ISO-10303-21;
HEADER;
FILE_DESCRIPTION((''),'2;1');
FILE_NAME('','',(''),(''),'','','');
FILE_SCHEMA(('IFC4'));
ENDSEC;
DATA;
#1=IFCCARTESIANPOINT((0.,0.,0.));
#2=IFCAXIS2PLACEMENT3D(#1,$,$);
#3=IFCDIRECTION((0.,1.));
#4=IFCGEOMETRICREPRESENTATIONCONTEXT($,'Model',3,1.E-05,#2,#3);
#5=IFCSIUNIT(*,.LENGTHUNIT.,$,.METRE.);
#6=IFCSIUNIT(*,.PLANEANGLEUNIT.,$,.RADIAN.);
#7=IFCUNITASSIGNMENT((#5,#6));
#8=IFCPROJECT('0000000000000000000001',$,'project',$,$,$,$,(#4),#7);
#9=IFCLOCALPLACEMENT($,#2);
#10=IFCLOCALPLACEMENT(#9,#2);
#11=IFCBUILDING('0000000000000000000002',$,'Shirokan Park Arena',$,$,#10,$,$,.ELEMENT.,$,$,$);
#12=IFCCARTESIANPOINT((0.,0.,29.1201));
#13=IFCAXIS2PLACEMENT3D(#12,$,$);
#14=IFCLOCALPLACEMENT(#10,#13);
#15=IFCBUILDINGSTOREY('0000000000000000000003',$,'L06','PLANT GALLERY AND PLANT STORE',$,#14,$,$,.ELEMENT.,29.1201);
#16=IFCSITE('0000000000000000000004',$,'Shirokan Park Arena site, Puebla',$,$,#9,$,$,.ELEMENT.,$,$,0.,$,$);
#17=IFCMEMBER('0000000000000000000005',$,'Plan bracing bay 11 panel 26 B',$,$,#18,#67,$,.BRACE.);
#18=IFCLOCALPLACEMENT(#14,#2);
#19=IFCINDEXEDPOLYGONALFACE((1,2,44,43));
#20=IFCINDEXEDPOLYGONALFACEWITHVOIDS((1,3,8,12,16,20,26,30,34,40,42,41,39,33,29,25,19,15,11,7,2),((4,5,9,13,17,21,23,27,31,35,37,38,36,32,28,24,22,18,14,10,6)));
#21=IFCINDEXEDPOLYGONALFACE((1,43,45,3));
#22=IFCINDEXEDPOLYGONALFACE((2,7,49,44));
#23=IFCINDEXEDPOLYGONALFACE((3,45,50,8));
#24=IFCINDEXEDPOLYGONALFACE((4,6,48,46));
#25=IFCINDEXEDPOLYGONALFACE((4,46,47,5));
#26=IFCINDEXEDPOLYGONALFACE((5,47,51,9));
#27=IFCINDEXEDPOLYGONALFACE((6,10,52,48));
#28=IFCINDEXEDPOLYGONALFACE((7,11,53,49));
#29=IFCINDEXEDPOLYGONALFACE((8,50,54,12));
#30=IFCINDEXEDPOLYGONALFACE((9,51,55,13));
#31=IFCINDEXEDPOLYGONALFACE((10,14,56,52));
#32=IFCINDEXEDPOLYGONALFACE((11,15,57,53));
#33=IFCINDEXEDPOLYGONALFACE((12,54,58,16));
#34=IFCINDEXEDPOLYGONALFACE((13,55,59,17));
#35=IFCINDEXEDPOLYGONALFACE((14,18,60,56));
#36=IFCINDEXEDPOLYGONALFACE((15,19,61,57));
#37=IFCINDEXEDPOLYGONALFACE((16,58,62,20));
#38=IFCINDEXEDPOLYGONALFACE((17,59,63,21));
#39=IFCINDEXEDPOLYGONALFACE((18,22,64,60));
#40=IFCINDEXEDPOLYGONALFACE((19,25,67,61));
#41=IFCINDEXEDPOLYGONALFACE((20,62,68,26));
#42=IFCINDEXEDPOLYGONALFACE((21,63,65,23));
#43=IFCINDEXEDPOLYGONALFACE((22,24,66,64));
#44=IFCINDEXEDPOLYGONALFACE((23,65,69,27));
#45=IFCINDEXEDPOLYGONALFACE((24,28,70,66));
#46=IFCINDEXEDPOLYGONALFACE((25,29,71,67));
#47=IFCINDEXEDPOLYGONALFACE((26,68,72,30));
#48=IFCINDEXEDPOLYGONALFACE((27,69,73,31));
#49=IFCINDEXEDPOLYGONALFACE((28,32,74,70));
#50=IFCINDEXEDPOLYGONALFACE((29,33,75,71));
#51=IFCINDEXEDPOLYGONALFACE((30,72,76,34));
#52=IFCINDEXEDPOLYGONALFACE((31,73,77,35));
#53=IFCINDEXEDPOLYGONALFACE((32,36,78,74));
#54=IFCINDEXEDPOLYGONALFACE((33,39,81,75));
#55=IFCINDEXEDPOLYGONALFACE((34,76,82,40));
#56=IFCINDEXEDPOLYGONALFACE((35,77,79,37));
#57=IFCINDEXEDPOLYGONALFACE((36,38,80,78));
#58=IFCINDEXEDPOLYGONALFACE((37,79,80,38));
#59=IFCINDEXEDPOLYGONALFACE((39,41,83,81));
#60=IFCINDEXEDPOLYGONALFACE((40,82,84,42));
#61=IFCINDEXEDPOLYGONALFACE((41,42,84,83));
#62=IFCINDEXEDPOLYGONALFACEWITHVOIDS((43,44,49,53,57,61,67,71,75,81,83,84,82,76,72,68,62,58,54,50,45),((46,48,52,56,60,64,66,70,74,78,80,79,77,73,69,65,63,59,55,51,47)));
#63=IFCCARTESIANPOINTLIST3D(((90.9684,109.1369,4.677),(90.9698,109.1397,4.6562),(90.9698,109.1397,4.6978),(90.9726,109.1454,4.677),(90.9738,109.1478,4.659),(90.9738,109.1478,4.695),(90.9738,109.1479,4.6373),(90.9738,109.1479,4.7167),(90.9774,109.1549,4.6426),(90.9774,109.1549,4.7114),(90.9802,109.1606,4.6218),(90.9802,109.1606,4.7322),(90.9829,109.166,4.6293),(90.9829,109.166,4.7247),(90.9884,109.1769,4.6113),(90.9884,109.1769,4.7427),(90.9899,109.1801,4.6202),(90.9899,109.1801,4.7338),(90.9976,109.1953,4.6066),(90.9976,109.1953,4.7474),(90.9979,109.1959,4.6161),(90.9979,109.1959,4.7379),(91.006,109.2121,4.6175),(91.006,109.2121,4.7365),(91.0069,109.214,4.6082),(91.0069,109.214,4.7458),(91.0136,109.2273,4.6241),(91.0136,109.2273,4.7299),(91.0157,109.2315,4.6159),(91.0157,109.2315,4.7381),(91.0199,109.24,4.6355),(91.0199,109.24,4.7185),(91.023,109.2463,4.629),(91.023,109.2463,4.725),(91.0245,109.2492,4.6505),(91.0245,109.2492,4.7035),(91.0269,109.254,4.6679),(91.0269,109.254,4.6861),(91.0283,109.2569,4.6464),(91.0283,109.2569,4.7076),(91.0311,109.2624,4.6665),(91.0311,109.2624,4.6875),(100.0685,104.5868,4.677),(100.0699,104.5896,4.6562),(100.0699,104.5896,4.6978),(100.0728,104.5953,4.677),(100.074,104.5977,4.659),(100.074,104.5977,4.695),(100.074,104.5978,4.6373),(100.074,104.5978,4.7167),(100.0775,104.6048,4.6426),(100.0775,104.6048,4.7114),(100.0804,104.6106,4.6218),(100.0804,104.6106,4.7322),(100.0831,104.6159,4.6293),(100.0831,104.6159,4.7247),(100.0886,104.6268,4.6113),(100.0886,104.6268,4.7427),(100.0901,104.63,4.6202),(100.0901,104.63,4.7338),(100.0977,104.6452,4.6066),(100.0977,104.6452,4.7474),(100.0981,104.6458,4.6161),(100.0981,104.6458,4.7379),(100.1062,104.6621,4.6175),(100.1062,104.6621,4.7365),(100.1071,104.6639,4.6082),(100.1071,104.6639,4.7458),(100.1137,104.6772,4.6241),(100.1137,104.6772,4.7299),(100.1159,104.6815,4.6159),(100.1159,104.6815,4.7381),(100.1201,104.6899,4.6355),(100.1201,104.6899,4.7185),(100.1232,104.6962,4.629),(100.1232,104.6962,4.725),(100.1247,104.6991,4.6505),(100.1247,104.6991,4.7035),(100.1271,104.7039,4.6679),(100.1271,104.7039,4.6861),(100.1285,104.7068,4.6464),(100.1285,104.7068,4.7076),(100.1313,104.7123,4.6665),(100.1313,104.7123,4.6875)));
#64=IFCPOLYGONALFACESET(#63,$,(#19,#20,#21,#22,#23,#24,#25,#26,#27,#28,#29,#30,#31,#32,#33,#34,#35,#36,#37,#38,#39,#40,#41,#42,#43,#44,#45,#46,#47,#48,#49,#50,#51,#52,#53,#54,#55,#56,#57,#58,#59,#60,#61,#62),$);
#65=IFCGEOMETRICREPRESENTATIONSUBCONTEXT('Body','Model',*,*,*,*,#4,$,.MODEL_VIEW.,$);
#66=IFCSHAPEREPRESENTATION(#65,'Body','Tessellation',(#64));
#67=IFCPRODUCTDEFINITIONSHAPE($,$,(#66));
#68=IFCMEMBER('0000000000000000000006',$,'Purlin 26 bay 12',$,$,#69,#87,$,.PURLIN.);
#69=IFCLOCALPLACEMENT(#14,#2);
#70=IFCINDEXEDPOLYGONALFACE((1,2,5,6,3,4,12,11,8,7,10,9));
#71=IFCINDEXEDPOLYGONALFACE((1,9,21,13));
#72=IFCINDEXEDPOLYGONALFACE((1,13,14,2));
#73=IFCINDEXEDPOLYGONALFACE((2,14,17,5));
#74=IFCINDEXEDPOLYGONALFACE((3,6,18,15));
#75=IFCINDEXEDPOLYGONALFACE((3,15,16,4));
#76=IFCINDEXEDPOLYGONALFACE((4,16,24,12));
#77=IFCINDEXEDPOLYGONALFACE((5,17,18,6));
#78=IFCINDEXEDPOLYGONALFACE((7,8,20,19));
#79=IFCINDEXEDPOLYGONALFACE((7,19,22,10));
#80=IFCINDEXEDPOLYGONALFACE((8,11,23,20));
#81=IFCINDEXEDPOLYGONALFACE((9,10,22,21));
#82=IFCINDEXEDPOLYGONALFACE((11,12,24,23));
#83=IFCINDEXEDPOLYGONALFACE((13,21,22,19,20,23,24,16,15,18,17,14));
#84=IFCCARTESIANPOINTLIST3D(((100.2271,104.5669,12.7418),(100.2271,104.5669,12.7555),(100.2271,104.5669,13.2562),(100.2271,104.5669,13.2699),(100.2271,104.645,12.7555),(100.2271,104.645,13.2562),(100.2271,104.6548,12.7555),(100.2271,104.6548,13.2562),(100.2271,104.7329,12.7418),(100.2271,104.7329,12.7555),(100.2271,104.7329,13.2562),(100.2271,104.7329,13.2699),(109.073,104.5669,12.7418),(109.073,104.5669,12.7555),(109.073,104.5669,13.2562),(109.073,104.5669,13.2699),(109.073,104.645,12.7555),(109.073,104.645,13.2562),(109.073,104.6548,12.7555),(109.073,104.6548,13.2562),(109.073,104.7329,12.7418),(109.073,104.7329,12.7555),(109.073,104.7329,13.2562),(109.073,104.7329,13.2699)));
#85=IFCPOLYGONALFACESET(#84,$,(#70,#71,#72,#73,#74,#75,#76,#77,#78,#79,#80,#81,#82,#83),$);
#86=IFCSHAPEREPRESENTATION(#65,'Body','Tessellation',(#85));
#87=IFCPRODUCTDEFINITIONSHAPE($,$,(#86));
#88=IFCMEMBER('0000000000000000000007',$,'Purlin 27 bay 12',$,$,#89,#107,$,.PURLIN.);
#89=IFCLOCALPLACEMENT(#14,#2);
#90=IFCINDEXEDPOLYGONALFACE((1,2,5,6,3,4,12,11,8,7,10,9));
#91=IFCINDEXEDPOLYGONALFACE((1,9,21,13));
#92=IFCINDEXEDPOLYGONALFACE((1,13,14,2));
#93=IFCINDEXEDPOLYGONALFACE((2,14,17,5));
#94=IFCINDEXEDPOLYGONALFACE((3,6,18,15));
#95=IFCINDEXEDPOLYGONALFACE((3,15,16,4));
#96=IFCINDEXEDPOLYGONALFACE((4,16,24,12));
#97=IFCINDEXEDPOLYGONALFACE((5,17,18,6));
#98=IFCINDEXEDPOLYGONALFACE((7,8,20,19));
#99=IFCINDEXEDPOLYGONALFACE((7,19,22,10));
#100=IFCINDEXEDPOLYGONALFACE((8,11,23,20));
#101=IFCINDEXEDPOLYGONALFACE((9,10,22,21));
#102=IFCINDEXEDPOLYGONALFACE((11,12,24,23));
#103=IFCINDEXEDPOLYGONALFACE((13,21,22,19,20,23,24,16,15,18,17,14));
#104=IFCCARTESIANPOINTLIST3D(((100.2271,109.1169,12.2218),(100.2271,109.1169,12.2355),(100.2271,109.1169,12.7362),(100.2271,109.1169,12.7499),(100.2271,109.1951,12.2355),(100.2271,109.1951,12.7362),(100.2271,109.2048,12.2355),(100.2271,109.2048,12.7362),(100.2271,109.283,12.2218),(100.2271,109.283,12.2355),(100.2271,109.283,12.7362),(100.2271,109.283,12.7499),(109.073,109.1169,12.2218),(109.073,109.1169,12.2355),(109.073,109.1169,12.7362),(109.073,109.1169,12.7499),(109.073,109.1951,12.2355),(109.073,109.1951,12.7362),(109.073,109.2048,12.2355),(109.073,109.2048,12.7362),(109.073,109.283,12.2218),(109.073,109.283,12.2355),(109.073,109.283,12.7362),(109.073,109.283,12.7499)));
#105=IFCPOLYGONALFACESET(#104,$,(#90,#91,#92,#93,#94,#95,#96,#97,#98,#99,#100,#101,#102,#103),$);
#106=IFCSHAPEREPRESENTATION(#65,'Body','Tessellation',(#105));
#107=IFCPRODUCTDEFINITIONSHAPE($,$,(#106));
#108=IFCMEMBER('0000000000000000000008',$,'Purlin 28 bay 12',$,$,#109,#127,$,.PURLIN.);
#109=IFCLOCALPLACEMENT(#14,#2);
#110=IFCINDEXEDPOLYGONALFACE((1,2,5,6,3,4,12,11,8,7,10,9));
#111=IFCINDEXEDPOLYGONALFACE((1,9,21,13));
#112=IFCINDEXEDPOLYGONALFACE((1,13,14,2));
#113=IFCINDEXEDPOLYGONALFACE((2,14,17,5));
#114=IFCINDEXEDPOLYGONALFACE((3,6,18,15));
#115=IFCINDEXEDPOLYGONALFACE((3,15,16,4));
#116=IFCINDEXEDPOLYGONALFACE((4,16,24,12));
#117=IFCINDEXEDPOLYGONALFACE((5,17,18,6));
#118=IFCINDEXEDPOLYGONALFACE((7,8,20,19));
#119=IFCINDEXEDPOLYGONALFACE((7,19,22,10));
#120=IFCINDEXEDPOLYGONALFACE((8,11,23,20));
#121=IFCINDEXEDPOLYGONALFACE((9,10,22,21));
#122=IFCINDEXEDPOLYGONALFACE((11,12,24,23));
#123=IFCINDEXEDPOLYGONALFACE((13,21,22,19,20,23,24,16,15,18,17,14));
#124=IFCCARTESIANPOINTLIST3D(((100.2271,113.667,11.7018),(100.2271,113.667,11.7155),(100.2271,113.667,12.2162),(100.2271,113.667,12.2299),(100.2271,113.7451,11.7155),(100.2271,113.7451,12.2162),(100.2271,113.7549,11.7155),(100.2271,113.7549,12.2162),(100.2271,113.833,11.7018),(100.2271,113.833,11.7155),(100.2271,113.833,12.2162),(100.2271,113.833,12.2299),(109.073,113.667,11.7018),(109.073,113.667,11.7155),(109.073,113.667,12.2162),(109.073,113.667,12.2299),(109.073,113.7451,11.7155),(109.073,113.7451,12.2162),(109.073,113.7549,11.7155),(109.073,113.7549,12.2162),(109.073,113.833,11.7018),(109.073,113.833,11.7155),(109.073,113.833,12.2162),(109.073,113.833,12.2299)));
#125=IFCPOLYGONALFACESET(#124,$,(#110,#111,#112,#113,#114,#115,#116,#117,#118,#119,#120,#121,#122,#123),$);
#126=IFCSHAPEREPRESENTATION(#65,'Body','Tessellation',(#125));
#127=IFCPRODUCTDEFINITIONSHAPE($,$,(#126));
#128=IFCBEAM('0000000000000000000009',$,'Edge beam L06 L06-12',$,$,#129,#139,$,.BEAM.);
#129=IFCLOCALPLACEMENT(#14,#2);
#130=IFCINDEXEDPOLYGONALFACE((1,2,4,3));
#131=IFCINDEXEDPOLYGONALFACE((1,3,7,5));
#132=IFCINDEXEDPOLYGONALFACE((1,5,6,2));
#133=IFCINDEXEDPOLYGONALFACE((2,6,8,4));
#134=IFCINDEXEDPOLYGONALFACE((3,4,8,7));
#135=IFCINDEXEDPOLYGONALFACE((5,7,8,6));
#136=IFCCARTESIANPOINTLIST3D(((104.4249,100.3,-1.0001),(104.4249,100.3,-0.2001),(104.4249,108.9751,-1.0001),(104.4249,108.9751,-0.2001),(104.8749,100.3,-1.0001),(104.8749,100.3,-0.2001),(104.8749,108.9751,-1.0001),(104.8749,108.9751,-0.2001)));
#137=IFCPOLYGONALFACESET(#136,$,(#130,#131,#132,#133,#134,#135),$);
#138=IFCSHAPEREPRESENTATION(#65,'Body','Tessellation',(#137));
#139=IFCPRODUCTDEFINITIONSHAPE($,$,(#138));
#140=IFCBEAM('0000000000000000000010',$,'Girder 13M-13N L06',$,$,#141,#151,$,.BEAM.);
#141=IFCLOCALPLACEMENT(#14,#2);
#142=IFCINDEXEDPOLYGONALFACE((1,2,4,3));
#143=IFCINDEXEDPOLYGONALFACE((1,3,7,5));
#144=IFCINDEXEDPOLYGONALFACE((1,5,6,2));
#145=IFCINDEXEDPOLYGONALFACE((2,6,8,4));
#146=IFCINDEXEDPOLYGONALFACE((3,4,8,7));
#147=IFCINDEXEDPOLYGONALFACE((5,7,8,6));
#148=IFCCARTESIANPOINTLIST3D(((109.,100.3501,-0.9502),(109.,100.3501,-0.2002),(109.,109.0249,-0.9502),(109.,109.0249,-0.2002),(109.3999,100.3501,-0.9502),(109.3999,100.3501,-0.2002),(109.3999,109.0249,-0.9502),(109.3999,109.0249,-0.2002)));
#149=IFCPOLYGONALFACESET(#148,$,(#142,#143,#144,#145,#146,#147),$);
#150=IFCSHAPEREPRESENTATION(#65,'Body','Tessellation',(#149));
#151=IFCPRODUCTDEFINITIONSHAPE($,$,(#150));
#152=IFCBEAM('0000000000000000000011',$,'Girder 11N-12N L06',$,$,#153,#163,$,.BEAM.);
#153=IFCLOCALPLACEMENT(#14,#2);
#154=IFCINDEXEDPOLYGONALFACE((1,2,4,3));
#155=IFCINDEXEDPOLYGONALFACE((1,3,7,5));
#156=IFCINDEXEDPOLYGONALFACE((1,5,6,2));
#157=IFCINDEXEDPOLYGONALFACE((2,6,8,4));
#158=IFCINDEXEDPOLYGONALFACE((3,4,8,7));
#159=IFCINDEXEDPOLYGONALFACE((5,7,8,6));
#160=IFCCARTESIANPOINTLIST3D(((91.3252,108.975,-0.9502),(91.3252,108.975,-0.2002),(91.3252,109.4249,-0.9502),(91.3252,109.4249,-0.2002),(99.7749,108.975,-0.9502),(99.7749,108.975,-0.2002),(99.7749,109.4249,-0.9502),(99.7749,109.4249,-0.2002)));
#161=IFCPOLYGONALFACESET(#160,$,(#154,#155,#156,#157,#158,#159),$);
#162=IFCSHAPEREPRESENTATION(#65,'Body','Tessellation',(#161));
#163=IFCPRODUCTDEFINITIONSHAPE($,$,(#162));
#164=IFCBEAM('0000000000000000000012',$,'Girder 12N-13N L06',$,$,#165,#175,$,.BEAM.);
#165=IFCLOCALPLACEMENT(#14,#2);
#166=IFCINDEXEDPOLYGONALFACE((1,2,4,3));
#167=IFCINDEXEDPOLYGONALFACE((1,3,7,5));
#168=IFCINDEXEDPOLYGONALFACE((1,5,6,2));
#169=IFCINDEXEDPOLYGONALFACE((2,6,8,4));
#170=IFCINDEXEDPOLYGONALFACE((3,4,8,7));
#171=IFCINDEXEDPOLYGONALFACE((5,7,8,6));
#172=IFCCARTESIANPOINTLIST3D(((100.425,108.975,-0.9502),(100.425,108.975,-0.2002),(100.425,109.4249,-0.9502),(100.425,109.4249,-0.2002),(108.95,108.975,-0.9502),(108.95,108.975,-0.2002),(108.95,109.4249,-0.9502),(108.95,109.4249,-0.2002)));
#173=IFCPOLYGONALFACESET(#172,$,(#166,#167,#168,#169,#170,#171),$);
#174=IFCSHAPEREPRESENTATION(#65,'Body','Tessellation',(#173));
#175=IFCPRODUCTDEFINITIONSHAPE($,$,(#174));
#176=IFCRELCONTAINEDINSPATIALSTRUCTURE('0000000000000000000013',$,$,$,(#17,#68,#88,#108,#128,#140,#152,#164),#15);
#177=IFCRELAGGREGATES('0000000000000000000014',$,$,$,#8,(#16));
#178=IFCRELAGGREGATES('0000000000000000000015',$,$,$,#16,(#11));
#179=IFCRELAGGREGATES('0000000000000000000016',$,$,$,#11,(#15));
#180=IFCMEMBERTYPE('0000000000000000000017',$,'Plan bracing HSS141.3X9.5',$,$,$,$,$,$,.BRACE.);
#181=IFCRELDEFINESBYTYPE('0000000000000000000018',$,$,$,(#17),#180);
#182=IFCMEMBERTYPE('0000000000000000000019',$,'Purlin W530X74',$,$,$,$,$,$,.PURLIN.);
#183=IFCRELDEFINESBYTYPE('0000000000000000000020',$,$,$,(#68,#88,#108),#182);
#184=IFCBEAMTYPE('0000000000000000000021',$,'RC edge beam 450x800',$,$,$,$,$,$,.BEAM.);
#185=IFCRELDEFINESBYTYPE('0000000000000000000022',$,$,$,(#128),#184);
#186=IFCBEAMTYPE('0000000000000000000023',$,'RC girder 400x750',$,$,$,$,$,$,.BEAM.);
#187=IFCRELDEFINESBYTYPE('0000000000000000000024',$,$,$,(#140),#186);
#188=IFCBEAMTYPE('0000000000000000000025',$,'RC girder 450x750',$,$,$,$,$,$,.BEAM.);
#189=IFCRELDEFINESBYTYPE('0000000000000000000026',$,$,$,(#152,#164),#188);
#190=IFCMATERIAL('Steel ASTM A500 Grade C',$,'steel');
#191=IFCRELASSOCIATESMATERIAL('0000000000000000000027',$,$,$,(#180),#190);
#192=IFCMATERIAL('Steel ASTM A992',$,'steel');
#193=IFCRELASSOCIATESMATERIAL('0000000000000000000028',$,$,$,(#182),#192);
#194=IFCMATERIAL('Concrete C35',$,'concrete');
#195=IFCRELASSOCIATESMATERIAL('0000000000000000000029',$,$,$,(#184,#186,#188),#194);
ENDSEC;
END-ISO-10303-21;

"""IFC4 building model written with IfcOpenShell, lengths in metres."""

from ifc_helpers import new_model, si_unit, direction, frame, origin, origin_2d, place, context, subcontext, project, spatial, rectangle, hollow_circle, i_section, extrude, material, material_profile, profile_set, type_object, element, save


model = new_model("IFC4")

# Units and contexts
model_context = context("Model", 3, precision=1e-05, world=origin(), true_north=direction((0.0, 1.0)))
body_context = subcontext(model_context, "Body", "Model", "MODEL_VIEW")
ifc_project = project(units=[si_unit("LENGTHUNIT", "METRE"), si_unit("PLANEANGLEUNIT", "RADIAN")], contexts=[model_context])

# Site, building, storey
site_placement = place(None, origin())
site = spatial("IfcSite", under=ifc_project, at=site_placement, Name="Shirokan Park Arena site, Puebla", CompositionType="ELEMENT", RefElevation=0.0)
building_placement = place(site_placement, origin())
building = spatial("IfcBuilding", under=site, at=building_placement, Name="Shirokan Park Arena", CompositionType="ELEMENT")
storey_placement = place(building_placement, frame((0.0, 0.0, 29.1201)))
storey = spatial("IfcBuildingStorey", under=building, at=storey_placement, Name="L06", Description="PLANT GALLERY AND PLANT STORE", CompositionType="ELEMENT", Elevation=29.1201)

# Shared definitions
ifc_material_1 = material(Name="Concrete C35", Category="concrete")

# Members
ifc_material_2 = material(Name="Steel ASTM A500 Grade C", Category="steel")
ifc_material_profile_1 = material_profile(ifc_material_2, hollow_circle(Radius=0.0706, WallThickness=0.0095, at=origin_2d()), Name="HSS141.3X9.5")
ifc_profile_set_1 = profile_set([ifc_material_profile_1], Name="Steel ASTM A500 Grade C")
member_type_1 = type_object("IfcMemberType", Name="Plan bracing HSS141.3X9.5", PredefinedType="BRACE", material=ifc_profile_set_1)
member_1_placement = place(storey_placement, frame((100.1001, 104.6499, 4.677), z_axis=(-0.894427, 0.447214, 0.0), x_axis=(-0.447214, -0.894427, 0.0)))
element("IfcMember", 1, at=member_1_placement, inside=storey, type_object=member_type_1, Name="Plan bracing bay 11 panel 26 B", PredefinedType="BRACE", context=body_context, shape_type="SweptSolid", body=[
    extrude(hollow_circle(Radius=0.0706, WallThickness=0.0095, at=origin_2d()), origin(), (0.0, 0.0, 1.0), 10.1743),
])
ifc_material_3 = material(Name="Steel ASTM A992", Category="steel")
ifc_material_profile_2 = material_profile(ifc_material_3, i_section(OverallWidth=0.166, OverallDepth=0.5281, WebThickness=0.0098, FlangeThickness=0.0137, at=origin_2d()), Name="W530X74")
ifc_profile_set_2 = profile_set([ifc_material_profile_2], Name="Steel ASTM A992")
member_type_2 = type_object("IfcMemberType", Name="Purlin W530X74", PredefinedType="PURLIN", material=ifc_profile_set_2)
for number, where, z_axis, x_axis, name in (
    (2, (100.2271, 104.6499, 13.0059), (1.0, 0.0, 0.0), (0.0, 1.0, 0.0), "Purlin 26 bay 12"),
    (3, (100.2271, 109.2, 12.4858), (1.0, 0.0, 0.0), (0.0, 1.0, 0.0), "Purlin 27 bay 12"),
    (4, (100.2271, 113.75, 11.9658), (1.0, 0.0, 0.0), (0.0, 1.0, 0.0), "Purlin 28 bay 12"),
):
    element("IfcMember", number, at=place(storey_placement, frame(where, z_axis=z_axis, x_axis=x_axis)), inside=storey, type_object=member_type_2, Name=name, PredefinedType="PURLIN", context=body_context, shape_type="SweptSolid", body=[
        extrude(i_section(OverallWidth=0.166, OverallDepth=0.5281, WebThickness=0.0098, FlangeThickness=0.0137, at=origin_2d()), origin(), (0.0, 0.0, 1.0), 8.8459),
    ])

# Beams
ifc_material_profile_3 = material_profile(ifc_material_1, rectangle(XDim=0.45, YDim=0.8, at=origin_2d()), Name="450x800")
ifc_profile_set_3 = profile_set([ifc_material_profile_3], Name="Concrete C35")
beam_type_1 = type_object("IfcBeamType", Name="RC edge beam 450x800", PredefinedType="BEAM", material=ifc_profile_set_3)
beam_1_placement = place(storey_placement, frame((104.6499, 108.9751, -0.6001), z_axis=(0.0, -1.0, 0.0), x_axis=(1.0, 0.0, 0.0)))
element("IfcBeam", 5, at=beam_1_placement, inside=storey, type_object=beam_type_1, Name="Edge beam L06 L06-12", PredefinedType="BEAM", context=body_context, shape_type="SweptSolid", body=[
    extrude(rectangle(XDim=0.45, YDim=0.8, at=origin_2d()), origin(), (0.0, 0.0, 1.0), 8.675),
])
ifc_material_profile_4 = material_profile(ifc_material_1, rectangle(XDim=0.3999, YDim=0.75, at=origin_2d()), Name="400x750")
ifc_profile_set_4 = profile_set([ifc_material_profile_4], Name="Concrete C35")
beam_type_2 = type_object("IfcBeamType", Name="RC girder 400x750", PredefinedType="BEAM", material=ifc_profile_set_4)
beam_2_placement = place(storey_placement, frame((109.2, 100.3501, -0.5752), z_axis=(0.0, 1.0, 0.0), x_axis=(-1.0, 0.0, 0.0)))
element("IfcBeam", 6, at=beam_2_placement, inside=storey, type_object=beam_type_2, Name="Girder 13M-13N L06", PredefinedType="BEAM", context=body_context, shape_type="SweptSolid", body=[
    extrude(rectangle(XDim=0.3999, YDim=0.75, at=origin_2d()), origin(), (0.0, 0.0, 1.0), 8.6748),
])
ifc_material_profile_5 = material_profile(ifc_material_1, rectangle(XDim=0.45, YDim=0.75, at=origin_2d()), Name="450x750")
ifc_profile_set_5 = profile_set([ifc_material_profile_5], Name="Concrete C35")
beam_type_3 = type_object("IfcBeamType", Name="RC girder 450x750", PredefinedType="BEAM", material=ifc_profile_set_5)
beam_3_placement = place(storey_placement, frame((91.3252, 109.2, -0.5752), z_axis=(1.0, 0.0, 0.0), x_axis=(0.0, 1.0, 0.0)))
element("IfcBeam", 7, at=beam_3_placement, inside=storey, type_object=beam_type_3, Name="Girder 11N-12N L06", PredefinedType="BEAM", context=body_context, shape_type="SweptSolid", body=[
    extrude(rectangle(XDim=0.45, YDim=0.75, at=origin_2d()), origin(), (0.0, 0.0, 1.0), 8.4497),
])
beam_4_placement = place(storey_placement, frame((100.425, 109.2, -0.5752), z_axis=(1.0, 0.0, 0.0), x_axis=(0.0, 1.0, 0.0)))
element("IfcBeam", 8, at=beam_4_placement, inside=storey, type_object=beam_type_3, Name="Girder 12N-13N L06", PredefinedType="BEAM", context=body_context, shape_type="SweptSolid", body=[
    extrude(rectangle(XDim=0.45, YDim=0.75, at=origin_2d()), origin(), (0.0, 0.0, 1.0), 8.5249),
])

save(model, "model.ifc")
